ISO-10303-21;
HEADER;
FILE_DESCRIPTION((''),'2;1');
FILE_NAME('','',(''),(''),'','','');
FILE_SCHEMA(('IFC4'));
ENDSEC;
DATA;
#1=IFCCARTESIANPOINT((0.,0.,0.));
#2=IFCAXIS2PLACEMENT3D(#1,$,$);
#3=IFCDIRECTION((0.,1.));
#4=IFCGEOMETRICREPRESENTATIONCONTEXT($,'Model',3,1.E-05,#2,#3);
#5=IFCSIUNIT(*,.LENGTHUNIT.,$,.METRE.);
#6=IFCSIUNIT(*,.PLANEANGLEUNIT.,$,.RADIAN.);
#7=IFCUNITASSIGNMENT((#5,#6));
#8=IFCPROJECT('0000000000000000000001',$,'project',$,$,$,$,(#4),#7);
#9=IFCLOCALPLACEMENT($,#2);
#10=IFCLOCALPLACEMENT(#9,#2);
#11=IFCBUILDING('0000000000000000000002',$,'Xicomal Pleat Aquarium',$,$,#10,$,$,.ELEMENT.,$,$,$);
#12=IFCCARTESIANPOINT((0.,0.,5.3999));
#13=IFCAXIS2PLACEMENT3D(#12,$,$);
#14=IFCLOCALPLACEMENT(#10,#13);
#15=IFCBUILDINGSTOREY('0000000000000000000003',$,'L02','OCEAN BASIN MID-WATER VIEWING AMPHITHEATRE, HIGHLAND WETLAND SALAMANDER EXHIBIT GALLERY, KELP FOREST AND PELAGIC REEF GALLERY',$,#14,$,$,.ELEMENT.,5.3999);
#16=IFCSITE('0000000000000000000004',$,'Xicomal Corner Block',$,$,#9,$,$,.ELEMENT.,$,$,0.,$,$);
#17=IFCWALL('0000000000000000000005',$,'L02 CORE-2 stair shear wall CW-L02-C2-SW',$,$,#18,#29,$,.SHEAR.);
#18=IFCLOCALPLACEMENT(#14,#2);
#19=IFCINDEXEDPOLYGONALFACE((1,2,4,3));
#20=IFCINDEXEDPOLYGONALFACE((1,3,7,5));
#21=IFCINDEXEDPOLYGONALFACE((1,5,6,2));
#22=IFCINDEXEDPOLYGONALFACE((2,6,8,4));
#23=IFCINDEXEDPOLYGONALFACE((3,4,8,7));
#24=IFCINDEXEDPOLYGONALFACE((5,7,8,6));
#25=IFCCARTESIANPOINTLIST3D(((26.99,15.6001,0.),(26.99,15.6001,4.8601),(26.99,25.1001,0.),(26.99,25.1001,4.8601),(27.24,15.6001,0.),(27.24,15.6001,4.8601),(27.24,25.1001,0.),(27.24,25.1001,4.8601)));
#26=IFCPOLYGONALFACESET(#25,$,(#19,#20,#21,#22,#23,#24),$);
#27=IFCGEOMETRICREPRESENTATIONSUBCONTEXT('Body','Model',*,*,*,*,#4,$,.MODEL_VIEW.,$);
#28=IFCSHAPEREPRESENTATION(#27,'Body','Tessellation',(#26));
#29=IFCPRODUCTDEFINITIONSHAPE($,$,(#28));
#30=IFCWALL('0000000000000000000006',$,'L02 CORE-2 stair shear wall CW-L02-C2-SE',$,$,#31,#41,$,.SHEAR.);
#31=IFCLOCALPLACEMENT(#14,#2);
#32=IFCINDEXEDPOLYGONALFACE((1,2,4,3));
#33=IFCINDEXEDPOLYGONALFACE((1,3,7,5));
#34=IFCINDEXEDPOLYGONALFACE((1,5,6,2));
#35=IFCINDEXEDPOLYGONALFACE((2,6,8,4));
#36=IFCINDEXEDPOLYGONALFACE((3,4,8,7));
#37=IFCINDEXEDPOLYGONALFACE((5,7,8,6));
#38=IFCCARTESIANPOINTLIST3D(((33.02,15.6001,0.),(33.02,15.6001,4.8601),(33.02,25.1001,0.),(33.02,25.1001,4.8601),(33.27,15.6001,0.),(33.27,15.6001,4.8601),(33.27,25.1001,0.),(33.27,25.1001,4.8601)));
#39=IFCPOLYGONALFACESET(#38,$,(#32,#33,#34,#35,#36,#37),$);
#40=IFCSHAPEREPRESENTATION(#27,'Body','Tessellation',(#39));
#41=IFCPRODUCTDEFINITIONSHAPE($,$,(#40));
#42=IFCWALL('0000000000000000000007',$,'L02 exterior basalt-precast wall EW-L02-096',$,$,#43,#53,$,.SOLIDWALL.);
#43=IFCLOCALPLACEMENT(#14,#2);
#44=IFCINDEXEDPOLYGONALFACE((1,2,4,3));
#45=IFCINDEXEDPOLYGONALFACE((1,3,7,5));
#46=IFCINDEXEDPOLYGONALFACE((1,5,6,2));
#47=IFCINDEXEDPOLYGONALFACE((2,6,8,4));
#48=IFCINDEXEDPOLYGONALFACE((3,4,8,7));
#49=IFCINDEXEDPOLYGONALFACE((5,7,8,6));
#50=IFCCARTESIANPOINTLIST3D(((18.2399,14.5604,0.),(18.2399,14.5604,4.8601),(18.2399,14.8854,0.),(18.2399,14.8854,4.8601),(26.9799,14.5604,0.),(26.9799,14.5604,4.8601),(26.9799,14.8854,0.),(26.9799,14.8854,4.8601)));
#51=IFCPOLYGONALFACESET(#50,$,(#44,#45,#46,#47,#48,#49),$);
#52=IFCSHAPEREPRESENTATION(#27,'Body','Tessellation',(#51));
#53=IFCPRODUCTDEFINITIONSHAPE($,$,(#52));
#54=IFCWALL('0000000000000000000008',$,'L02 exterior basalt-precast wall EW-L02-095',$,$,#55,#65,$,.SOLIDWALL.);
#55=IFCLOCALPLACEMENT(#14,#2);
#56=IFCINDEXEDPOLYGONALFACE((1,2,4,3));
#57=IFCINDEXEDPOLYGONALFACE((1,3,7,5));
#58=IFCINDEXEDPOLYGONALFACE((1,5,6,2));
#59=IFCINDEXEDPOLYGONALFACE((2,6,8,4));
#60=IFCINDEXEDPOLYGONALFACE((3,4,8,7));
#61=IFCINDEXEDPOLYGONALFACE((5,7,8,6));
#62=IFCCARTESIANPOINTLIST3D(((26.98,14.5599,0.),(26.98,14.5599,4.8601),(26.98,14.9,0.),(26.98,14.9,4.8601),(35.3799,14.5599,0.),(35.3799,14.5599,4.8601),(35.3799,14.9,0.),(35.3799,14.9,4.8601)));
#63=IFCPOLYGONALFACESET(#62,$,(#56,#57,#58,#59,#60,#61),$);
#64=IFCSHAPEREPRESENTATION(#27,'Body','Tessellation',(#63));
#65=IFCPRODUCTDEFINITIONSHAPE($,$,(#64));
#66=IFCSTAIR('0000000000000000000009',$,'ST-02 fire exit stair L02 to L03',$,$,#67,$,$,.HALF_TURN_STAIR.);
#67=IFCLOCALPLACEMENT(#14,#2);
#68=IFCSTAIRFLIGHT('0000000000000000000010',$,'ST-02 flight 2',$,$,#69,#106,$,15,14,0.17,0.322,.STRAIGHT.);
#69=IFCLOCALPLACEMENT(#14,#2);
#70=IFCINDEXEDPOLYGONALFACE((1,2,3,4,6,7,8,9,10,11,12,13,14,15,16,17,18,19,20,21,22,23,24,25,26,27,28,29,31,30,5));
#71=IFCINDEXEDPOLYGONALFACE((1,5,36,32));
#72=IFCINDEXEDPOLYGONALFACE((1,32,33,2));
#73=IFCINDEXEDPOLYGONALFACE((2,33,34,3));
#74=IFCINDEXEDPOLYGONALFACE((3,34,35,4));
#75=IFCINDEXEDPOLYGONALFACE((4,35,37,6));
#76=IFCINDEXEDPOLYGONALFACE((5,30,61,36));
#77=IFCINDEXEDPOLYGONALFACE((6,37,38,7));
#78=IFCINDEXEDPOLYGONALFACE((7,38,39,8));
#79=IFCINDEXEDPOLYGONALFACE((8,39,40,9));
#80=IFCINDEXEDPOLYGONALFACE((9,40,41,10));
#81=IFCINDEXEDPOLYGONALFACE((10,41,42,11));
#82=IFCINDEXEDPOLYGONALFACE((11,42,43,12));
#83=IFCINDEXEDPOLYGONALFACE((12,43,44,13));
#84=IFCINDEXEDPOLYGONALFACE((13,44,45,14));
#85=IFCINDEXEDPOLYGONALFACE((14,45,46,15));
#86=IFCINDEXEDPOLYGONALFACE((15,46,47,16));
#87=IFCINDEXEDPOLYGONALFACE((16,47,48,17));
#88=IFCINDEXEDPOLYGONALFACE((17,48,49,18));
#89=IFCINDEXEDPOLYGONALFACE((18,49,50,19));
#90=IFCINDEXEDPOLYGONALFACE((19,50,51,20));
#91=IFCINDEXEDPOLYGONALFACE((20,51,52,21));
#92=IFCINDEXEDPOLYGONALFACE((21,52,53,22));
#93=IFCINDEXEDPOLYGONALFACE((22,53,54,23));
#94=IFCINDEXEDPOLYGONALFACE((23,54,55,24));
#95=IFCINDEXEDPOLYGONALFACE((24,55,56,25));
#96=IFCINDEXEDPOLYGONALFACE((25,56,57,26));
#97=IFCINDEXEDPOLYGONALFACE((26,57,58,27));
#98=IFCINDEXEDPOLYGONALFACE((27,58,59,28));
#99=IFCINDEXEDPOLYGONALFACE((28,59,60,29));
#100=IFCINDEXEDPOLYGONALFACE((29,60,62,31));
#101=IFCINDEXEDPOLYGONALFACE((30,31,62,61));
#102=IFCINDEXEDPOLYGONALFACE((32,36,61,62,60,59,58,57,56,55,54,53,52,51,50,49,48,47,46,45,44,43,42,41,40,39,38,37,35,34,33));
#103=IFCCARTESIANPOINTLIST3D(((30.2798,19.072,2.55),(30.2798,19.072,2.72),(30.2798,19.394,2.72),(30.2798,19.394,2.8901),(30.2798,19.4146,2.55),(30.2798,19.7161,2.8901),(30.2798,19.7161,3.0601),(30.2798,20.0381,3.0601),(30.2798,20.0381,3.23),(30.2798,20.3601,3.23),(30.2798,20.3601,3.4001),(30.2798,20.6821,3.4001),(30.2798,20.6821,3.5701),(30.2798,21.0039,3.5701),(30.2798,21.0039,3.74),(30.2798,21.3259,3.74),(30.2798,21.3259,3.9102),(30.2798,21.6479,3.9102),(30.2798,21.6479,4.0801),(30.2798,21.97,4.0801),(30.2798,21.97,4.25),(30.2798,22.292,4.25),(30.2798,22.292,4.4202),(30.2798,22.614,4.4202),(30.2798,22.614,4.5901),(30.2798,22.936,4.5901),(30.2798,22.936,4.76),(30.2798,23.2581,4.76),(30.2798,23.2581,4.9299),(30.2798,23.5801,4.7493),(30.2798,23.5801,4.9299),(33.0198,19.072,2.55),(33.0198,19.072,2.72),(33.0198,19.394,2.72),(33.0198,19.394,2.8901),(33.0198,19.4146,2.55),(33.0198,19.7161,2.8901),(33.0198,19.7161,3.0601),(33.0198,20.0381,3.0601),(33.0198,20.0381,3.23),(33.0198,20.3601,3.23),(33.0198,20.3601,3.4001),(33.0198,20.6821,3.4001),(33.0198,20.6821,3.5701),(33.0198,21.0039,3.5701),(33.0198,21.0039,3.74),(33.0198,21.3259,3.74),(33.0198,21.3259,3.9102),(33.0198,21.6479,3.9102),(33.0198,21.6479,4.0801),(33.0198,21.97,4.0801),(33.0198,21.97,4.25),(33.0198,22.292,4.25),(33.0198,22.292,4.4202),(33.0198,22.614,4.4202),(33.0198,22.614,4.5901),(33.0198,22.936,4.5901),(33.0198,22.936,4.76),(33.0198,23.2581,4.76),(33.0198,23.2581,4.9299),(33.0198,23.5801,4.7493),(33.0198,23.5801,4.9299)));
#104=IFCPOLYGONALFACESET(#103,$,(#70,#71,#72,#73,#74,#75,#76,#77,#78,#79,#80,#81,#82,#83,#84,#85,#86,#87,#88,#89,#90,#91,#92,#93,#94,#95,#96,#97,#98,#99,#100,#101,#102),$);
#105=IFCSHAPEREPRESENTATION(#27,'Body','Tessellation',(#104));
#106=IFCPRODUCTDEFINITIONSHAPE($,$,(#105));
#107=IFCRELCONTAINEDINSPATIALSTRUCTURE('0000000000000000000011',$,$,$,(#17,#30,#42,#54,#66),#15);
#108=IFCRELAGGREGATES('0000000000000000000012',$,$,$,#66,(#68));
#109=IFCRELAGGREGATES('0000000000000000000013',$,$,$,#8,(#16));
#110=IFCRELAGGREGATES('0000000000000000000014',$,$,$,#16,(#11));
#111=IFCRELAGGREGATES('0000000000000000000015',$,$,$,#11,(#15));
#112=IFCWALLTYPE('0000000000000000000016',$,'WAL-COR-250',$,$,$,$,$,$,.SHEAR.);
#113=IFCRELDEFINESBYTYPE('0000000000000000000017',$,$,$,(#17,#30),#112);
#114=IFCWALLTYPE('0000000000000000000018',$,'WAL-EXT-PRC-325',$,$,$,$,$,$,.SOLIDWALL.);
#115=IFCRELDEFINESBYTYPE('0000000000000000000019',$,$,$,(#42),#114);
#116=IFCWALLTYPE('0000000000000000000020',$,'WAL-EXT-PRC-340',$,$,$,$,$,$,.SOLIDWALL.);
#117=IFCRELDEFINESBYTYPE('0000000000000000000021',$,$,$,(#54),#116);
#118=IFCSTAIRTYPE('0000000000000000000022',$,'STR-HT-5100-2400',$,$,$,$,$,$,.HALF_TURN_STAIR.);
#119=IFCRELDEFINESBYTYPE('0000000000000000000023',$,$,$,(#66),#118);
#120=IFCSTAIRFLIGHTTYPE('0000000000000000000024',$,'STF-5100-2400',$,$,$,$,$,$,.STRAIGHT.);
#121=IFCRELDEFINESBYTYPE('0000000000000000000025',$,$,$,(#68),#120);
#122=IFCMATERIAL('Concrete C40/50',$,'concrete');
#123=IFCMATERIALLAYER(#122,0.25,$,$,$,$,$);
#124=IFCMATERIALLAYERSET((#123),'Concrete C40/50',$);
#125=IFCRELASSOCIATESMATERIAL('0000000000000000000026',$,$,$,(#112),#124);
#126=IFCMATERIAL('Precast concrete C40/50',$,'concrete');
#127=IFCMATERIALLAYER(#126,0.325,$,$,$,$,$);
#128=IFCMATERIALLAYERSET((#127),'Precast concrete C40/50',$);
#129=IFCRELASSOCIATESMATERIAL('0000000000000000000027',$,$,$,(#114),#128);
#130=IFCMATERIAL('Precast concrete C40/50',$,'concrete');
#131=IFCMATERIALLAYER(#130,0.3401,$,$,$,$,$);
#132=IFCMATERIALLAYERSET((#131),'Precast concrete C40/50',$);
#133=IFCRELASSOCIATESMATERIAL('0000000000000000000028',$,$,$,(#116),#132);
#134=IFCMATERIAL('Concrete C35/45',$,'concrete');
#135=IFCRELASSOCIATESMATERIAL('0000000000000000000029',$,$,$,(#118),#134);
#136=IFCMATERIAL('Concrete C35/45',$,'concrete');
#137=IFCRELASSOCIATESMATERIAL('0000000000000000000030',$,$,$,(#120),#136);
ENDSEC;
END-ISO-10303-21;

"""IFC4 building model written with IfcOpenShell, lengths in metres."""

from ifc_helpers import new_model, si_unit, direction, frame, frame_2d, origin, place, context, subcontext, project, spatial, polyline, rectangle, outline, extrude, material, layer, layer_set, type_object, element, aggregate, save


model = new_model("IFC4")

# Units and contexts
model_context = context("Model", 3, precision=1e-05, world=origin(), true_north=direction((0.0, 1.0)))
body_context = subcontext(model_context, "Body", "Model", "MODEL_VIEW")
ifc_project = project(units=[si_unit("LENGTHUNIT", "METRE"), si_unit("PLANEANGLEUNIT", "RADIAN")], contexts=[model_context])

# Site, building, storey
site_placement = place(None, origin())
site = spatial("IfcSite", under=ifc_project, at=site_placement, Name="Xicomal Corner Block", CompositionType="ELEMENT", RefElevation=0.0)
building_placement = place(site_placement, origin())
building = spatial("IfcBuilding", under=site, at=building_placement, Name="Xicomal Pleat Aquarium", CompositionType="ELEMENT")
storey_placement = place(building_placement, frame((0.0, 0.0, 5.3999)))
storey = spatial("IfcBuildingStorey", under=building, at=storey_placement, Name="L02", Description="OCEAN BASIN MID-WATER VIEWING AMPHITHEATRE, HIGHLAND WETLAND SALAMANDER EXHIBIT GALLERY, KELP FOREST AND PELAGIC REEF GALLERY", CompositionType="ELEMENT", Elevation=5.3999)

# Walls
ifc_material_1 = material(Name="Concrete C40/50", Category="concrete")
ifc_layer_1 = layer(ifc_material_1, 0.25)
ifc_layer_set_1 = layer_set([ifc_layer_1], Name="Concrete C40/50")
wall_type_1 = type_object("IfcWallType", Name="WAL-COR-250", PredefinedType="SHEAR", material=ifc_layer_set_1)
for number, where, z_axis, x_axis, name in (
    (1, (27.115, 15.6001, 0.0), (0.0, 0.0, 1.0), (0.0, 1.0, 0.0), "L02 CORE-2 stair shear wall CW-L02-C2-SW"),
    (2, (33.145, 15.6001, 0.0), (0.0, 0.0, 1.0), (0.0, 1.0, 0.0), "L02 CORE-2 stair shear wall CW-L02-C2-SE"),
):
    element("IfcWall", number, at=place(storey_placement, frame(where, z_axis=z_axis, x_axis=x_axis)), inside=storey, type_object=wall_type_1, Name=name, PredefinedType="SHEAR", context=body_context, shape_type="SweptSolid", body=[
        extrude(rectangle(XDim=9.5, YDim=0.25, at=frame_2d((4.75, 0.0))), origin(), (0.0, 0.0, 1.0), 4.8601),
    ])
ifc_material_2 = material(Name="Precast concrete C40/50", Category="concrete")
ifc_layer_2 = layer(ifc_material_2, 0.325)
ifc_layer_set_2 = layer_set([ifc_layer_2], Name="Precast concrete C40/50")
wall_type_2 = type_object("IfcWallType", Name="WAL-EXT-PRC-325", PredefinedType="SOLIDWALL", material=ifc_layer_set_2)
wall_1_placement = place(storey_placement, frame((26.98, 14.7229, 0.0), z_axis=(0.0, 0.0, 1.0), x_axis=(-1.0, 0.0, 0.0)))
element("IfcWall", 3, at=wall_1_placement, inside=storey, type_object=wall_type_2, Name="L02 exterior basalt-precast wall EW-L02-096", PredefinedType="SOLIDWALL", context=body_context, shape_type="SweptSolid", body=[
    extrude(rectangle(XDim=8.74, YDim=0.325, at=frame_2d((4.3701, 0.0))), origin(), (0.0, 0.0, 1.0), 4.8601),
])
ifc_material_3 = material(Name="Precast concrete C40/50", Category="concrete")
ifc_layer_3 = layer(ifc_material_3, 0.3401)
ifc_layer_set_3 = layer_set([ifc_layer_3], Name="Precast concrete C40/50")
wall_type_3 = type_object("IfcWallType", Name="WAL-EXT-PRC-340", PredefinedType="SOLIDWALL", material=ifc_layer_set_3)
wall_2_placement = place(storey_placement, frame((35.3799, 14.73, 0.0), z_axis=(0.0, 0.0, 1.0), x_axis=(-1.0, 0.0, 0.0)))
element("IfcWall", 4, at=wall_2_placement, inside=storey, type_object=wall_type_3, Name="L02 exterior basalt-precast wall EW-L02-095", PredefinedType="SOLIDWALL", context=body_context, shape_type="SweptSolid", body=[
    extrude(rectangle(XDim=8.3999, YDim=0.3401, at=frame_2d((4.2, 0.0))), origin(), (0.0, 0.0, 1.0), 4.8601),
])

# Stair, stair flight
ifc_material_4 = material(Name="Concrete C35/45", Category="concrete")
stair_type = type_object("IfcStairType", Name="STR-HT-5100-2400", PredefinedType="HALF_TURN_STAIR", material=ifc_material_4)
stair_placement = place(storey_placement, origin())
stair = element("IfcStair", 5, at=stair_placement, inside=storey, type_object=stair_type, Name="ST-02 fire exit stair L02 to L03", PredefinedType="HALF_TURN_STAIR")
ifc_material_5 = material(Name="Concrete C35/45", Category="concrete")
stair_flight_type = type_object("IfcStairFlightType", Name="STF-5100-2400", PredefinedType="STRAIGHT", material=ifc_material_5)
stair_flight_placement = place(storey_placement, frame((31.6499, 19.072, 2.55), z_axis=(0.0, 0.0, 1.0), x_axis=(0.0, 1.0, 0.0)))
stair_flight = element("IfcStairFlight", 6, at=stair_flight_placement, type_object=stair_flight_type, Name="ST-02 flight 2", NumberOfRisers=15, NumberOfTreads=14, PredefinedType="STRAIGHT", RiserHeight=0.17, TreadLength=0.322, context=body_context, shape_type="SweptSolid", body=[
    extrude(outline(polyline([(0.0, 0.0), (0.0, 0.1699), (0.322, 0.1699), (0.322, 0.3401), (0.644, 0.3401), (0.644, 0.51), (0.9661, 0.51), (0.9661, 0.6799), (1.2881, 0.6799), (1.2881, 0.8501), (1.6101, 0.8501), (1.6101, 1.02), (1.9319, 1.02), (1.9319, 1.1899), (2.2539, 1.1899), (2.2539, 1.3601), (2.5759, 1.3601), (2.5759, 1.53), (2.8979, 1.53), (2.8979, 1.7), (3.22, 1.7), (3.22, 1.8701), (3.542, 1.8701), (3.542, 2.04), (3.864, 2.04), (3.864, 2.21), (4.186, 2.21), (4.186, 2.3799), (4.5081, 2.3799), (4.5081, 2.55), (4.5081, 2.1992), (0.3425, 0.0), (0.0, 0.0)])), frame((0.0, 1.3701, 0.0), z_axis=(0.0, -1.0, 0.0), x_axis=(1.0, 0.0, 0.0)), (0.0, 0.0, 1.0), 2.74),
])
aggregate(stair, [stair_flight])

save(model, "model.ifc")
